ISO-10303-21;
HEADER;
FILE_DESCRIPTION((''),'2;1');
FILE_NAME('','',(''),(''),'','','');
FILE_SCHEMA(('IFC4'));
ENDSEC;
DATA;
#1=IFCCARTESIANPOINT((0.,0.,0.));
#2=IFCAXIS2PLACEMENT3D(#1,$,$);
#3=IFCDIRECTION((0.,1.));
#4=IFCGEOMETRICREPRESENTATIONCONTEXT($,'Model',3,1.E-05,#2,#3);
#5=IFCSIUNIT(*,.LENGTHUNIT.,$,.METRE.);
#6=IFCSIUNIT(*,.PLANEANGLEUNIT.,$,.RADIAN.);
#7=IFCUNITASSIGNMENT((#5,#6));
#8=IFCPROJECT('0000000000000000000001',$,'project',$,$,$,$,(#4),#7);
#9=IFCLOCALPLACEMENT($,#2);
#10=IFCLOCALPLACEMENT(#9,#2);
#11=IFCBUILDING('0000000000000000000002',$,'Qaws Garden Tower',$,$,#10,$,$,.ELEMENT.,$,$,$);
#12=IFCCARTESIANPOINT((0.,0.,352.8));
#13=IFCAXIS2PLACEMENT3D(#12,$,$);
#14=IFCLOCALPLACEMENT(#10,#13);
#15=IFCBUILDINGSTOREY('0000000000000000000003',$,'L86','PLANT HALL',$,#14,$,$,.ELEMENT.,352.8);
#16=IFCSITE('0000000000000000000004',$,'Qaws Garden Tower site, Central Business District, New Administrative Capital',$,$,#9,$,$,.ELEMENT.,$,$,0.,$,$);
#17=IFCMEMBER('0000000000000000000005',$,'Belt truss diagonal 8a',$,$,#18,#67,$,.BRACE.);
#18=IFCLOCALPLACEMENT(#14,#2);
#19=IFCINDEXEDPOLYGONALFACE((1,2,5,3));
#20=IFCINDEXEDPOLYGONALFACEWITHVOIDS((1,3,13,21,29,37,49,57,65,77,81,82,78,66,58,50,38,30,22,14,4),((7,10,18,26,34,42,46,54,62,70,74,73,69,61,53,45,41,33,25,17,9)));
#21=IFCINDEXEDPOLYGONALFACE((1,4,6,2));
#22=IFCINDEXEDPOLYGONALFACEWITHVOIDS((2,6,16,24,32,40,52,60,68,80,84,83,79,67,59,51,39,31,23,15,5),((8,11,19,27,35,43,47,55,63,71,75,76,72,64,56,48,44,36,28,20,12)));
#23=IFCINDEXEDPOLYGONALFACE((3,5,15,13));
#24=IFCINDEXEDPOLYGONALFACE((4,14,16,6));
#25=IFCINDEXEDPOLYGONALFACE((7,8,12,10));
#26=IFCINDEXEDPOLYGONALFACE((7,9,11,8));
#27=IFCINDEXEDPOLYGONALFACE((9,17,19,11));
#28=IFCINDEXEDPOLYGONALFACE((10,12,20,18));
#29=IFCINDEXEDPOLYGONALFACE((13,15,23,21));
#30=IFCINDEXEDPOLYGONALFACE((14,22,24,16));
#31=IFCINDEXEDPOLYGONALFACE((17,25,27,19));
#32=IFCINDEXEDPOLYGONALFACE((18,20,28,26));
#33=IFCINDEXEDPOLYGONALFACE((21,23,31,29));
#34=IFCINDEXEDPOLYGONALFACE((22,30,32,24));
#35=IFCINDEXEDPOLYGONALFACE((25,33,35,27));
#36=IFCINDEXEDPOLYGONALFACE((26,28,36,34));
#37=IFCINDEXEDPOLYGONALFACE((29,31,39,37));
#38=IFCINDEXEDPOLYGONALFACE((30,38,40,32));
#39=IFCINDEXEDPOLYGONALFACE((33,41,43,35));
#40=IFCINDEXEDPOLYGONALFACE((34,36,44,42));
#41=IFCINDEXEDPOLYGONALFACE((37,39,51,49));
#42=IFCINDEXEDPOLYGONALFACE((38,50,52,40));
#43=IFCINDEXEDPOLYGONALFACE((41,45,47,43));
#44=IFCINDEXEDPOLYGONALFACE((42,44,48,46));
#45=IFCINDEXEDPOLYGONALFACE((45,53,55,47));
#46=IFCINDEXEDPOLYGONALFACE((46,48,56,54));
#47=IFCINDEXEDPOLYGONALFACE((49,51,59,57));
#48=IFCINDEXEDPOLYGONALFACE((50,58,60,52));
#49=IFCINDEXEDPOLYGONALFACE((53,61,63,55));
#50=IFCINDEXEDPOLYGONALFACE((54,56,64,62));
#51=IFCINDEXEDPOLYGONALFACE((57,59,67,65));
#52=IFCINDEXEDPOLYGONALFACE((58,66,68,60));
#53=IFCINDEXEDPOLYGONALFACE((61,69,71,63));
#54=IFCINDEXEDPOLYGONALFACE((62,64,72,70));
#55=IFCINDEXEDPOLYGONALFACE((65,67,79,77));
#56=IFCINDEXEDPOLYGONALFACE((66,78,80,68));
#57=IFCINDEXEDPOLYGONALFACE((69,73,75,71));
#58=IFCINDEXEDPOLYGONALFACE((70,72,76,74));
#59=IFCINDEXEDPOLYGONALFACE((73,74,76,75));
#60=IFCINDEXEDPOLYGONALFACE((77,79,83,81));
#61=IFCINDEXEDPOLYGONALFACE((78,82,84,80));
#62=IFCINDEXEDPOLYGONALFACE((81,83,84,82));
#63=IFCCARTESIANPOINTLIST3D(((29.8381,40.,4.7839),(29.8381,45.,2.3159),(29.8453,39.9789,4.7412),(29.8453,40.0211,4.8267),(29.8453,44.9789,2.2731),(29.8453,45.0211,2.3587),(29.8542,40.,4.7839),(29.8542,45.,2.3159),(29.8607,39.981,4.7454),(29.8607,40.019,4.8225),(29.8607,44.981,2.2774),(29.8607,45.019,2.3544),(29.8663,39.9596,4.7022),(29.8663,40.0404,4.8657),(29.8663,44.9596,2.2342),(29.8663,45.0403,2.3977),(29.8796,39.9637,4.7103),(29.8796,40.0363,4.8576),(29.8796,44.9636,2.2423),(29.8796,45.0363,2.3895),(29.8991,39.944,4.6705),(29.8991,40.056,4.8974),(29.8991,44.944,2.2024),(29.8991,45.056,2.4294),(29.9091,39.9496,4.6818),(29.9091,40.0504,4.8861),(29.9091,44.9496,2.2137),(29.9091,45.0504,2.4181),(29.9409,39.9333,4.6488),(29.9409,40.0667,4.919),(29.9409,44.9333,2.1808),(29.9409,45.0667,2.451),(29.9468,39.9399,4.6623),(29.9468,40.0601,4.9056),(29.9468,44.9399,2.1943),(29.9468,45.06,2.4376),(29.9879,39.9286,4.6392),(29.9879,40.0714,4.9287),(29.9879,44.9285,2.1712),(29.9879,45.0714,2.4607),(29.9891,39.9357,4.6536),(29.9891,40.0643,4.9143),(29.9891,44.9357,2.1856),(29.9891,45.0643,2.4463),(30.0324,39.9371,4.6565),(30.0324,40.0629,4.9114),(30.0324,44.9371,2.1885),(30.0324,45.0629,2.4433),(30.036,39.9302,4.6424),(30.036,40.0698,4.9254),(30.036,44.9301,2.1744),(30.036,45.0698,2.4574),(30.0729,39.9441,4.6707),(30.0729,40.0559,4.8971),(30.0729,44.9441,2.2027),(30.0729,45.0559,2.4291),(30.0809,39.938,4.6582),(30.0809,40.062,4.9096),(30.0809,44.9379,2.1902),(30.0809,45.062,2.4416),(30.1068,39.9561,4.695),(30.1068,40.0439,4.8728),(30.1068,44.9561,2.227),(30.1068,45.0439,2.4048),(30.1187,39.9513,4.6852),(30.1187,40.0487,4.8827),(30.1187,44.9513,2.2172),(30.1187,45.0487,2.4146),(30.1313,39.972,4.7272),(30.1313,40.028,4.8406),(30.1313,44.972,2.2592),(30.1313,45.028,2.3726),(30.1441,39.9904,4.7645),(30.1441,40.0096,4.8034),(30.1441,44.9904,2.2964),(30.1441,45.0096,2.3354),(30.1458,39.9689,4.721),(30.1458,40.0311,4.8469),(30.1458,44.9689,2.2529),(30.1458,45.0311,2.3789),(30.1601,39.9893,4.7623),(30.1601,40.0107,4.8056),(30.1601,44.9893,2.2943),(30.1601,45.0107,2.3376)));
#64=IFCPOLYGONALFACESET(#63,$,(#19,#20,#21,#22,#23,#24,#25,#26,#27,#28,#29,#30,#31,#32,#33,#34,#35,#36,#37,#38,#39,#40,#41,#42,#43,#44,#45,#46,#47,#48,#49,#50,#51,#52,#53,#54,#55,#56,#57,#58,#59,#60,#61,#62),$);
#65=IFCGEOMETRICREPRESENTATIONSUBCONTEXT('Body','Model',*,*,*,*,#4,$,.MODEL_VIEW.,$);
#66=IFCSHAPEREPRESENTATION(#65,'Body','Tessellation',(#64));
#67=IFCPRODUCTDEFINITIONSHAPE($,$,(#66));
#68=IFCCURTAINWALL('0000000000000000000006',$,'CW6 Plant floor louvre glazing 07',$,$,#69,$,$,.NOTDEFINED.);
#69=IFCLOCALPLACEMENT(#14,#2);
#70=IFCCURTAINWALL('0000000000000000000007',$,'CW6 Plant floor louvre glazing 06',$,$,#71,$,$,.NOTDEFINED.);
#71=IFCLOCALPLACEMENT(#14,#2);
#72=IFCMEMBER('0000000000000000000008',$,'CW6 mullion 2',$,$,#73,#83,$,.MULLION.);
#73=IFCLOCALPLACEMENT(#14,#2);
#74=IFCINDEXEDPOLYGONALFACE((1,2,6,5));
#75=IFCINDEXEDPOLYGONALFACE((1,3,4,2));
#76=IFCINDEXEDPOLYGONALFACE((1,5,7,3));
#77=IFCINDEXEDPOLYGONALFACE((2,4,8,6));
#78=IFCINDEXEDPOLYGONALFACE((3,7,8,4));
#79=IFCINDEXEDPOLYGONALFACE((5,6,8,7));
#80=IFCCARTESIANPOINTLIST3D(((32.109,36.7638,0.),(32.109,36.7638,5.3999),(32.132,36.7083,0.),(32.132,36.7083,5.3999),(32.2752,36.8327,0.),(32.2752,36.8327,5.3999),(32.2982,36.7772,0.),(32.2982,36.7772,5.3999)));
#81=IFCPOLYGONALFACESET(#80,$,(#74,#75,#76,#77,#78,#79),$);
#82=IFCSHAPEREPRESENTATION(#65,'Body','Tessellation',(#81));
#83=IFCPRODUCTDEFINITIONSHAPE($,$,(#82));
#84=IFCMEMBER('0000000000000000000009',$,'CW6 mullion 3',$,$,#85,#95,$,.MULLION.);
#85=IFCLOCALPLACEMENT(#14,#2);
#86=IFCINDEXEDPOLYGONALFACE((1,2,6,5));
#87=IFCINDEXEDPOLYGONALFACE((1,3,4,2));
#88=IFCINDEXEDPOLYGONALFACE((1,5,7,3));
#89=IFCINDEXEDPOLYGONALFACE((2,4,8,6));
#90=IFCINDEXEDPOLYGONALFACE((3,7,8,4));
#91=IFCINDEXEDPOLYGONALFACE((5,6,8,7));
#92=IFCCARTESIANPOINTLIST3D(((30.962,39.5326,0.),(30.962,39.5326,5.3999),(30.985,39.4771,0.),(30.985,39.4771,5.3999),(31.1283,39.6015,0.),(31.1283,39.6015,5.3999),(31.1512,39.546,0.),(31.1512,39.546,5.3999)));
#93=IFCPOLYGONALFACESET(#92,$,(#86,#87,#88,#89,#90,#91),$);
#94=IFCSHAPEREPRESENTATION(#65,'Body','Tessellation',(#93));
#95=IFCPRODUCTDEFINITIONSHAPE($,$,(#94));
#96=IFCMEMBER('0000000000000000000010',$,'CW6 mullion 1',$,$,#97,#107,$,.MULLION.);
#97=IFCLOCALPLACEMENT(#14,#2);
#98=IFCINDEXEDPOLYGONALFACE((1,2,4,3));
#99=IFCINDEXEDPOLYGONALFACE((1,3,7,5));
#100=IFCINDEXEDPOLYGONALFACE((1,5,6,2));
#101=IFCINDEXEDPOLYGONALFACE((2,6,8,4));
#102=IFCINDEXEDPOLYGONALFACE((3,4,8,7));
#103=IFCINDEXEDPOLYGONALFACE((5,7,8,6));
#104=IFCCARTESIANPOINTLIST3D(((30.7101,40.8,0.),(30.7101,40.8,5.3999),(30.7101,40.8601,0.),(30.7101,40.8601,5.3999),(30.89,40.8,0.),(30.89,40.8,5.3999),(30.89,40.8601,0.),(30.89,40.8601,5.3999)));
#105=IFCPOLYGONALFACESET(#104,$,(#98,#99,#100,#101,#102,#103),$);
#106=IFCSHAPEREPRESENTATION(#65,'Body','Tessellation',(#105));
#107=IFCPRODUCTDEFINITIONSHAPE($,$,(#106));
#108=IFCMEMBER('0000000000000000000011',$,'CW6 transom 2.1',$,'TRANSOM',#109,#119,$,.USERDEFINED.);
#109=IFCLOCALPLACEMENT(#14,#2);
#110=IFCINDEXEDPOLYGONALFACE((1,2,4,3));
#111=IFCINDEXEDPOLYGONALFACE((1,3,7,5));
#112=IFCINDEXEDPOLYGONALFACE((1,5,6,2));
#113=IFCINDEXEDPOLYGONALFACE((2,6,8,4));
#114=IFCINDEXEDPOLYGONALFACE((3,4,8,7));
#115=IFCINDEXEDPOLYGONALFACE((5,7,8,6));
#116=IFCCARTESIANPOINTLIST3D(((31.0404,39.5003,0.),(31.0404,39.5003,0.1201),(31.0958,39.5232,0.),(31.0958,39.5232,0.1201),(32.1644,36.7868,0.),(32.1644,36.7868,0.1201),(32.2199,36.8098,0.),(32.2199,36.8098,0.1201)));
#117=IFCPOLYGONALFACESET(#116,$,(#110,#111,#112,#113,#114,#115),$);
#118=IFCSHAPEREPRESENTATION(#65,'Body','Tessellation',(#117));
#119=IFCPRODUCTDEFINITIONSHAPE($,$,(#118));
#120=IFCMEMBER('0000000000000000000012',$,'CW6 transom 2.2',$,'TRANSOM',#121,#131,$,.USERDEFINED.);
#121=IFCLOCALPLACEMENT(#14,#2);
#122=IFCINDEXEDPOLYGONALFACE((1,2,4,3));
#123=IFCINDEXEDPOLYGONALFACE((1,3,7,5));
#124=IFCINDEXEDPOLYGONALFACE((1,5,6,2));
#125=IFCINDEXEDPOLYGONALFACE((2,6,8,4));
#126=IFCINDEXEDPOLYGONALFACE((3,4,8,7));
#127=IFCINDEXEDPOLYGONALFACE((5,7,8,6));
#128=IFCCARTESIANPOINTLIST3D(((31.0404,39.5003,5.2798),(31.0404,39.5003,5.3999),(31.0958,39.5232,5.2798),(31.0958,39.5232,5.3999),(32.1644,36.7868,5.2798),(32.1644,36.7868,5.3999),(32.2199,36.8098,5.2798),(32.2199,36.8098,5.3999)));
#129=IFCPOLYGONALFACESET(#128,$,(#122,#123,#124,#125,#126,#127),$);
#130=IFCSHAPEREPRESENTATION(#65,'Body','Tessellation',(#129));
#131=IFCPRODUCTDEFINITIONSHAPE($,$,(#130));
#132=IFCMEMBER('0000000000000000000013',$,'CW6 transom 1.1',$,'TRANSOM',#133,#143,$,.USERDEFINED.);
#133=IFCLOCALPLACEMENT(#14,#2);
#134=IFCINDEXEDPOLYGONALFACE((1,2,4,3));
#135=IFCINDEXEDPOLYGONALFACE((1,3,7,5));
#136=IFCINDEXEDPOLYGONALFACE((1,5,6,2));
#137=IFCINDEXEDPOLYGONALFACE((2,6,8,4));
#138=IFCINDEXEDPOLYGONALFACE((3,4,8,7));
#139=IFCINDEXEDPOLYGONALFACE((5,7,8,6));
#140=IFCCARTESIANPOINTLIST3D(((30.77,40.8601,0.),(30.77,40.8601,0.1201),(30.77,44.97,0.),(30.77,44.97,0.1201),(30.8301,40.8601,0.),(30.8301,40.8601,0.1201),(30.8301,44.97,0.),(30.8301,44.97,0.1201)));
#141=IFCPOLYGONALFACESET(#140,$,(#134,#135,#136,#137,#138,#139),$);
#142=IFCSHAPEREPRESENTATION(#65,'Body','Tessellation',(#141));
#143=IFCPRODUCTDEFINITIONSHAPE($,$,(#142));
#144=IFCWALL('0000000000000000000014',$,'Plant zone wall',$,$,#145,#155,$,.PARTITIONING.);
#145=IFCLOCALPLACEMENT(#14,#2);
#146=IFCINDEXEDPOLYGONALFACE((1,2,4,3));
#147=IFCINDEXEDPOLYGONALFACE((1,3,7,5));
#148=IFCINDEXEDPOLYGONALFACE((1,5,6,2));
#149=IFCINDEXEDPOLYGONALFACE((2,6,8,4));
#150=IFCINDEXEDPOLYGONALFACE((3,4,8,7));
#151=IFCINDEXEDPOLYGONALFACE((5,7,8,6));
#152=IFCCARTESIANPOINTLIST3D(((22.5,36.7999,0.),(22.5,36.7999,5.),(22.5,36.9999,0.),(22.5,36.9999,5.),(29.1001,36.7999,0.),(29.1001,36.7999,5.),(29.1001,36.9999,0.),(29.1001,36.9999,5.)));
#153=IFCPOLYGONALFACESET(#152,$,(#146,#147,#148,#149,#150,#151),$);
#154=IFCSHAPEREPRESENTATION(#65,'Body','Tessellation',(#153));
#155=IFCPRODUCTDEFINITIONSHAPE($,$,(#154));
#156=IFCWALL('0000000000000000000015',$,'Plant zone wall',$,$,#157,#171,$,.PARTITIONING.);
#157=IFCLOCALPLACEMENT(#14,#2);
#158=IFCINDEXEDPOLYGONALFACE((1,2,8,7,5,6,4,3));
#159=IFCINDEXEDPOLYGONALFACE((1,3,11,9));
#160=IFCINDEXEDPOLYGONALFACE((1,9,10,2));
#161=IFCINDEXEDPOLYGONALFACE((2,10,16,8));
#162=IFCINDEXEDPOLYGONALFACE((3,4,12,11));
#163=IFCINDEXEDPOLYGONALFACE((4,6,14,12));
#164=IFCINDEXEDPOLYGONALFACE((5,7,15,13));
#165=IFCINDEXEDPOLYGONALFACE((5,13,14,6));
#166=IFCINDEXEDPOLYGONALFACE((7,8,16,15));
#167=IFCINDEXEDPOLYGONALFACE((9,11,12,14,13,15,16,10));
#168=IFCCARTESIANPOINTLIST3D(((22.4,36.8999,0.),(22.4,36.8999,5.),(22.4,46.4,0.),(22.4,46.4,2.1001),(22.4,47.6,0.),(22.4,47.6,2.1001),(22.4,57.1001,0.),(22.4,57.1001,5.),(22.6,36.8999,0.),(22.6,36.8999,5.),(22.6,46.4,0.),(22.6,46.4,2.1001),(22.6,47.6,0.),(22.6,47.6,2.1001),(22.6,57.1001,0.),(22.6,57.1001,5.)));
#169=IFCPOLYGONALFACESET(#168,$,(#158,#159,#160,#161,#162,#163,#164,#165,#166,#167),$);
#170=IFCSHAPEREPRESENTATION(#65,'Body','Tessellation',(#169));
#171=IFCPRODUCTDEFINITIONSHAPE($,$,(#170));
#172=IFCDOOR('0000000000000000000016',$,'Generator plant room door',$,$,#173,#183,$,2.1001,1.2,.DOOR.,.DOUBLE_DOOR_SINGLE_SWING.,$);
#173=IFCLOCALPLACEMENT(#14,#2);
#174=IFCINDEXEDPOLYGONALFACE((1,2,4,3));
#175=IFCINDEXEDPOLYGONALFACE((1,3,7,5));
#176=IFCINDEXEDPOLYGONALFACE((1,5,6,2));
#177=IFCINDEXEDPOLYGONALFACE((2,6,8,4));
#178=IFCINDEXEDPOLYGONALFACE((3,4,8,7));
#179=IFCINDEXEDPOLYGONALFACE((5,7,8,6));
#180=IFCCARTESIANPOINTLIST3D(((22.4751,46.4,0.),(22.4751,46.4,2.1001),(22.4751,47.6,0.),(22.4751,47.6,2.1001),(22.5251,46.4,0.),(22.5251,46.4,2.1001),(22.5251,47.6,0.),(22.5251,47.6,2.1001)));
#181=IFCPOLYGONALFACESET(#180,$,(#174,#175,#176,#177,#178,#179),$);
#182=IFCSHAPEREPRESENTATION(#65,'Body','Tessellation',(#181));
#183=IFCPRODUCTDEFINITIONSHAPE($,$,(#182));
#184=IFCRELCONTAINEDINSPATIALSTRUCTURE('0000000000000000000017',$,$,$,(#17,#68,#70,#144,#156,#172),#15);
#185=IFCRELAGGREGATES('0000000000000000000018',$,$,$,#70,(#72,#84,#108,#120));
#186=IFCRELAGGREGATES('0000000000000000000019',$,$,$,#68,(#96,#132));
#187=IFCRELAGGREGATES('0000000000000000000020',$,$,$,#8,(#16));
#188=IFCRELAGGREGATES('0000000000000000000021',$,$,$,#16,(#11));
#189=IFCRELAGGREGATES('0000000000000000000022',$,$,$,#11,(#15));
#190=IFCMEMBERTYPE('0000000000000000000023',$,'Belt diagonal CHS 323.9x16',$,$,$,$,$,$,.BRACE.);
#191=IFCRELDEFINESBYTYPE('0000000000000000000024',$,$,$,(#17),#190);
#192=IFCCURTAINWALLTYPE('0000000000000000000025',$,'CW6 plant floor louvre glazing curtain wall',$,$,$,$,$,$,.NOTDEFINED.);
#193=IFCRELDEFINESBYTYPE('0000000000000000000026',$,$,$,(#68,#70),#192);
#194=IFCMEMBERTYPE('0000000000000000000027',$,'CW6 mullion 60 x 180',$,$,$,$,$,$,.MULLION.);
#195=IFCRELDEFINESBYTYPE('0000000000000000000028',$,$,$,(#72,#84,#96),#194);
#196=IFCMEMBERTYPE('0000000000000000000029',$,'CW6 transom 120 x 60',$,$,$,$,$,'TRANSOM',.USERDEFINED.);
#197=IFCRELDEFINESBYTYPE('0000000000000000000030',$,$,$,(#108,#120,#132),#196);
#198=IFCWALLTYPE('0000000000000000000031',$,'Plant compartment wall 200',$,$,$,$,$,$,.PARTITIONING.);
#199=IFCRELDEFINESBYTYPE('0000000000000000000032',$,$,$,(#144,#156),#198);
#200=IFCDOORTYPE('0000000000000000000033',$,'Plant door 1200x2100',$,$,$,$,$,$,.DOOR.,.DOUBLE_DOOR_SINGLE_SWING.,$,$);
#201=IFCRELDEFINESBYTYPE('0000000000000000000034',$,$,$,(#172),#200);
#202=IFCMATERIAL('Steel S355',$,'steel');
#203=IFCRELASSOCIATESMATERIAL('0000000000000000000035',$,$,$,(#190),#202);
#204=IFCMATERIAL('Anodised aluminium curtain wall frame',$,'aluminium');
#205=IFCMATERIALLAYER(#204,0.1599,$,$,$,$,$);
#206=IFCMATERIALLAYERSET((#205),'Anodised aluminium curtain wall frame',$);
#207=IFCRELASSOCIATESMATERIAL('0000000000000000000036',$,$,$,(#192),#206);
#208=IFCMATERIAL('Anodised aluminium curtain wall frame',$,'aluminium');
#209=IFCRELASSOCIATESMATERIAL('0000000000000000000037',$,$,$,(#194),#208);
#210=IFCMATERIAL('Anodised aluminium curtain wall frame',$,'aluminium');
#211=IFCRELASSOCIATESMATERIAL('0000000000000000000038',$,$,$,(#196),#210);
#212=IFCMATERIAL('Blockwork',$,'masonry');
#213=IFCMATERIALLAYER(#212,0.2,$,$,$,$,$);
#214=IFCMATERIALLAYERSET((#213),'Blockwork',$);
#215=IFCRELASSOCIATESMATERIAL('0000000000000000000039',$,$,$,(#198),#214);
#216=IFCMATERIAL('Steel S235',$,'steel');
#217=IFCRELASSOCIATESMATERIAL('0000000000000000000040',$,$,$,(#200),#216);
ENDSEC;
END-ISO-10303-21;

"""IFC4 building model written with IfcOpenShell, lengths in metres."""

from ifc_helpers import new_model, si_unit, direction, frame, frame_2d, origin, origin_2d, place, context, subcontext, project, spatial, rectangle, hollow_circle, extrude, material, layer, layer_set, material_profile, profile_set, type_object, element, fill, aggregate, save


model = new_model("IFC4")

# Units and contexts
model_context = context("Model", 3, precision=1e-05, world=origin(), true_north=direction((0.0, 1.0)))
body_context = subcontext(model_context, "Body", "Model", "MODEL_VIEW")
ifc_project = project(units=[si_unit("LENGTHUNIT", "METRE"), si_unit("PLANEANGLEUNIT", "RADIAN")], contexts=[model_context])

# Site, building, storey
site_placement = place(None, origin())
site = spatial("IfcSite", under=ifc_project, at=site_placement, Name="Qaws Garden Tower site, Central Business District, New Administrative Capital", CompositionType="ELEMENT", RefElevation=0.0)
building_placement = place(site_placement, origin())
building = spatial("IfcBuilding", under=site, at=building_placement, Name="Qaws Garden Tower", CompositionType="ELEMENT")
storey_placement = place(building_placement, frame((0.0, 0.0, 352.8)))
storey = spatial("IfcBuildingStorey", under=building, at=storey_placement, Name="L86", Description="PLANT HALL", CompositionType="ELEMENT", Elevation=352.8)

# Member
ifc_material_1 = material(Name="Steel S355", Category="steel")
ifc_material_profile_1 = material_profile(ifc_material_1, hollow_circle(Radius=0.1619, WallThickness=0.0161, at=origin_2d()), Name="CHS 323.9x16")
ifc_profile_set_1 = profile_set([ifc_material_profile_1], Name="Steel S355")
member_type_1 = type_object("IfcMemberType", Name="Belt diagonal CHS 323.9x16", PredefinedType="BRACE", material=ifc_profile_set_1)
member_1_placement = place(storey_placement, frame((30.0, 40.0, 4.7839), z_axis=(0.0, 0.89671, -0.442619), x_axis=(-1.0, 0.0, 0.0)))
element("IfcMember", 1, at=member_1_placement, inside=storey, type_object=member_type_1, Name="Belt truss diagonal 8a", PredefinedType="BRACE", context=body_context, shape_type="SweptSolid", body=[
    extrude(hollow_circle(Radius=0.1619, WallThickness=0.0161, at=origin_2d()), origin(), (0.0, 0.0, 1.0), 5.5759),
])

# Curtain walls, members
ifc_material_2 = material(Name="Anodised aluminium curtain wall frame", Category="aluminium")
ifc_layer_1 = layer(ifc_material_2, 0.1599)
ifc_layer_set_1 = layer_set([ifc_layer_1], Name="Anodised aluminium curtain wall frame")
curtain_wall_type = type_object("IfcCurtainWallType", Name="CW6 plant floor louvre glazing curtain wall", PredefinedType="NOTDEFINED", material=ifc_layer_set_1)
placement_1 = place(storey_placement, origin())
curtain_wall_1 = element("IfcCurtainWall", 2, at=placement_1, inside=storey, type_object=curtain_wall_type, Name="CW6 Plant floor louvre glazing 07", PredefinedType="NOTDEFINED")
curtain_wall_2 = element("IfcCurtainWall", 3, at=placement_1, inside=storey, type_object=curtain_wall_type, Name="CW6 Plant floor louvre glazing 06", PredefinedType="NOTDEFINED")
ifc_material_3 = material(Name="Anodised aluminium curtain wall frame", Category="aluminium")
ifc_material_profile_2 = material_profile(ifc_material_3, rectangle(XDim=0.1799, YDim=0.0601, at=origin_2d()), Name="AL 60x180")
ifc_profile_set_2 = profile_set([ifc_material_profile_2], Name="Anodised aluminium curtain wall frame")
member_type_2 = type_object("IfcMemberType", Name="CW6 mullion 60 x 180", PredefinedType="MULLION", material=ifc_profile_set_2)
member_2_placement = place(storey_placement, frame((32.2036, 36.7705, 0.0), z_axis=(0.0, 0.0, 1.0), x_axis=(-0.92388, -0.382683, 0.0)))
member_2 = element("IfcMember", 4, at=member_2_placement, type_object=member_type_2, Name="CW6 mullion 2", PredefinedType="MULLION", context=body_context, shape_type="SweptSolid", body=[
    extrude(rectangle(XDim=0.1799, YDim=0.0601, at=origin_2d()), origin(), (0.0, 0.0, 1.0), 5.3999),
])
member_3_placement = place(storey_placement, frame((31.0566, 39.5393, 0.0), z_axis=(0.0, 0.0, 1.0), x_axis=(-0.92388, -0.382683, 0.0)))
member_3 = element("IfcMember", 5, at=member_3_placement, type_object=member_type_2, Name="CW6 mullion 3", PredefinedType="MULLION", context=body_context, shape_type="SweptSolid", body=[
    extrude(rectangle(XDim=0.1799, YDim=0.0601, at=origin_2d()), origin(), (0.0, 0.0, 1.0), 5.3999),
])

# Members
member_4_placement = place(storey_placement, frame((30.8, 40.8301, 0.0), z_axis=(0.0, 0.0, 1.0), x_axis=(-1.0, 0.0, 0.0)))
member_4 = element("IfcMember", 6, at=member_4_placement, type_object=member_type_2, Name="CW6 mullion 1", PredefinedType="MULLION", context=body_context, shape_type="SweptSolid", body=[
    extrude(rectangle(XDim=0.1799, YDim=0.0601, at=origin_2d()), origin(), (0.0, 0.0, 1.0), 5.3999),
])
ifc_material_4 = material(Name="Anodised aluminium curtain wall frame", Category="aluminium")
ifc_material_profile_3 = material_profile(ifc_material_4, rectangle(XDim=0.0601, YDim=0.1201, at=origin_2d()), Name="AL 60x120")
ifc_profile_set_3 = profile_set([ifc_material_profile_3], Name="Anodised aluminium curtain wall frame")
member_type_3 = type_object("IfcMemberType", Name="CW6 transom 120 x 60", ElementType="TRANSOM", PredefinedType="USERDEFINED", material=ifc_profile_set_3)
member_5_placement = place(storey_placement, frame((32.1921, 36.7983, 0.0601), z_axis=(-0.382714, 0.923867, 0.0), x_axis=(-0.923867, -0.382714, 0.0)))
member_5 = element("IfcMember", 7, at=member_5_placement, type_object=member_type_3, Name="CW6 transom 2.1", ObjectType="TRANSOM", PredefinedType="USERDEFINED", context=body_context, shape_type="SweptSolid", body=[
    extrude(rectangle(XDim=0.0601, YDim=0.1201, at=origin_2d()), origin(), (0.0, 0.0, 1.0), 2.937),
])
member_6_placement = place(storey_placement, frame((32.1921, 36.7983, 5.3398), z_axis=(-0.382714, 0.923867, 0.0), x_axis=(-0.923867, -0.382714, 0.0)))
member_6 = element("IfcMember", 8, at=member_6_placement, type_object=member_type_3, Name="CW6 transom 2.2", ObjectType="TRANSOM", PredefinedType="USERDEFINED", context=body_context, shape_type="SweptSolid", body=[
    extrude(rectangle(XDim=0.0601, YDim=0.1201, at=origin_2d()), origin(), (0.0, 0.0, 1.0), 2.937),
])
aggregate(curtain_wall_2, [member_2, member_3, member_5, member_6])
member_7_placement = place(storey_placement, frame((30.8, 40.8601, 0.0601), z_axis=(0.0, 1.0, 0.0), x_axis=(-1.0, 0.0, 0.0)))
member_7 = element("IfcMember", 9, at=member_7_placement, type_object=member_type_3, Name="CW6 transom 1.1", ObjectType="TRANSOM", PredefinedType="USERDEFINED", context=body_context, shape_type="SweptSolid", body=[
    extrude(rectangle(XDim=0.0601, YDim=0.1201, at=origin_2d()), origin(), (0.0, 0.0, 1.0), 4.1099),
])

aggregate(curtain_wall_1, [member_4, member_7])

# Wall
ifc_material_5 = material(Name="Blockwork", Category="masonry")
ifc_layer_2 = layer(ifc_material_5, 0.2)
ifc_layer_set_2 = layer_set([ifc_layer_2], Name="Blockwork")
wall_type = type_object("IfcWallType", Name="Plant compartment wall 200", PredefinedType="PARTITIONING", material=ifc_layer_set_2)
wall_1_placement = place(storey_placement, frame((22.5, 36.8999, 0.0), z_axis=(0.0, 0.0, 1.0), x_axis=(1.0, 0.0, 0.0)))
element("IfcWall", 10, at=wall_1_placement, inside=storey, type_object=wall_type, Name="Plant zone wall", PredefinedType="PARTITIONING", context=body_context, shape_type="SweptSolid", body=[
    extrude(rectangle(XDim=6.6001, YDim=0.2, at=frame_2d((3.3, 0.0))), origin(), (0.0, 0.0, 1.0), 5.0),
])

# Wall, opening, door
wall_2_placement = place(storey_placement, frame((22.5, 36.8999, 0.0), z_axis=(0.0, 0.0, 1.0), x_axis=(0.0, 1.0, 0.0)))
wall_2 = element("IfcWall", 11, at=wall_2_placement, inside=storey, type_object=wall_type, Name="Plant zone wall", PredefinedType="PARTITIONING", context=body_context, shape_type="SweptSolid", body=[
    extrude(rectangle(XDim=20.2002, YDim=0.2, at=frame_2d((10.1001, 0.0))), origin(), (0.0, 0.0, 1.0), 5.0),
])
opening_placement = place(wall_2_placement, frame((9.5, 0.0, 0.0)))
opening = element("IfcOpeningElement", 12, at=opening_placement, cuts=wall_2, PredefinedType="OPENING", context=body_context, shape_type="SweptSolid", body=[
    extrude(rectangle(XDim=1.2, YDim=2.1001, at=frame_2d((0.6001, 1.05))), frame((0.0, 0.1099, 0.0), z_axis=(0.0, -1.0, 0.0), x_axis=(1.0, 0.0, 0.0)), (0.0, 0.0, 1.0), 0.22),
])
ifc_material_6 = material(Name="Steel S235", Category="steel")
door_type = type_object("IfcDoorType", Name="Plant door 1200x2100", OperationType="DOUBLE_DOOR_SINGLE_SWING", PredefinedType="DOOR", material=ifc_material_6)
door_placement = place(opening_placement, origin())
door = element("IfcDoor", 13, at=door_placement, inside=storey, type_object=door_type, Name="Generator plant room door", OperationType="DOUBLE_DOOR_SINGLE_SWING", OverallHeight=2.1001, OverallWidth=1.2, PredefinedType="DOOR", context=body_context, shape_type="SweptSolid", body=[
    extrude(rectangle(XDim=1.2, YDim=2.1001, at=frame_2d((0.6001, 1.05))), frame((0.0, 0.0249, 0.0), z_axis=(0.0, -1.0, 0.0), x_axis=(1.0, 0.0, 0.0)), (0.0, 0.0, 1.0), 0.05),
])
fill(opening, door)

save(model, "model.ifc")
